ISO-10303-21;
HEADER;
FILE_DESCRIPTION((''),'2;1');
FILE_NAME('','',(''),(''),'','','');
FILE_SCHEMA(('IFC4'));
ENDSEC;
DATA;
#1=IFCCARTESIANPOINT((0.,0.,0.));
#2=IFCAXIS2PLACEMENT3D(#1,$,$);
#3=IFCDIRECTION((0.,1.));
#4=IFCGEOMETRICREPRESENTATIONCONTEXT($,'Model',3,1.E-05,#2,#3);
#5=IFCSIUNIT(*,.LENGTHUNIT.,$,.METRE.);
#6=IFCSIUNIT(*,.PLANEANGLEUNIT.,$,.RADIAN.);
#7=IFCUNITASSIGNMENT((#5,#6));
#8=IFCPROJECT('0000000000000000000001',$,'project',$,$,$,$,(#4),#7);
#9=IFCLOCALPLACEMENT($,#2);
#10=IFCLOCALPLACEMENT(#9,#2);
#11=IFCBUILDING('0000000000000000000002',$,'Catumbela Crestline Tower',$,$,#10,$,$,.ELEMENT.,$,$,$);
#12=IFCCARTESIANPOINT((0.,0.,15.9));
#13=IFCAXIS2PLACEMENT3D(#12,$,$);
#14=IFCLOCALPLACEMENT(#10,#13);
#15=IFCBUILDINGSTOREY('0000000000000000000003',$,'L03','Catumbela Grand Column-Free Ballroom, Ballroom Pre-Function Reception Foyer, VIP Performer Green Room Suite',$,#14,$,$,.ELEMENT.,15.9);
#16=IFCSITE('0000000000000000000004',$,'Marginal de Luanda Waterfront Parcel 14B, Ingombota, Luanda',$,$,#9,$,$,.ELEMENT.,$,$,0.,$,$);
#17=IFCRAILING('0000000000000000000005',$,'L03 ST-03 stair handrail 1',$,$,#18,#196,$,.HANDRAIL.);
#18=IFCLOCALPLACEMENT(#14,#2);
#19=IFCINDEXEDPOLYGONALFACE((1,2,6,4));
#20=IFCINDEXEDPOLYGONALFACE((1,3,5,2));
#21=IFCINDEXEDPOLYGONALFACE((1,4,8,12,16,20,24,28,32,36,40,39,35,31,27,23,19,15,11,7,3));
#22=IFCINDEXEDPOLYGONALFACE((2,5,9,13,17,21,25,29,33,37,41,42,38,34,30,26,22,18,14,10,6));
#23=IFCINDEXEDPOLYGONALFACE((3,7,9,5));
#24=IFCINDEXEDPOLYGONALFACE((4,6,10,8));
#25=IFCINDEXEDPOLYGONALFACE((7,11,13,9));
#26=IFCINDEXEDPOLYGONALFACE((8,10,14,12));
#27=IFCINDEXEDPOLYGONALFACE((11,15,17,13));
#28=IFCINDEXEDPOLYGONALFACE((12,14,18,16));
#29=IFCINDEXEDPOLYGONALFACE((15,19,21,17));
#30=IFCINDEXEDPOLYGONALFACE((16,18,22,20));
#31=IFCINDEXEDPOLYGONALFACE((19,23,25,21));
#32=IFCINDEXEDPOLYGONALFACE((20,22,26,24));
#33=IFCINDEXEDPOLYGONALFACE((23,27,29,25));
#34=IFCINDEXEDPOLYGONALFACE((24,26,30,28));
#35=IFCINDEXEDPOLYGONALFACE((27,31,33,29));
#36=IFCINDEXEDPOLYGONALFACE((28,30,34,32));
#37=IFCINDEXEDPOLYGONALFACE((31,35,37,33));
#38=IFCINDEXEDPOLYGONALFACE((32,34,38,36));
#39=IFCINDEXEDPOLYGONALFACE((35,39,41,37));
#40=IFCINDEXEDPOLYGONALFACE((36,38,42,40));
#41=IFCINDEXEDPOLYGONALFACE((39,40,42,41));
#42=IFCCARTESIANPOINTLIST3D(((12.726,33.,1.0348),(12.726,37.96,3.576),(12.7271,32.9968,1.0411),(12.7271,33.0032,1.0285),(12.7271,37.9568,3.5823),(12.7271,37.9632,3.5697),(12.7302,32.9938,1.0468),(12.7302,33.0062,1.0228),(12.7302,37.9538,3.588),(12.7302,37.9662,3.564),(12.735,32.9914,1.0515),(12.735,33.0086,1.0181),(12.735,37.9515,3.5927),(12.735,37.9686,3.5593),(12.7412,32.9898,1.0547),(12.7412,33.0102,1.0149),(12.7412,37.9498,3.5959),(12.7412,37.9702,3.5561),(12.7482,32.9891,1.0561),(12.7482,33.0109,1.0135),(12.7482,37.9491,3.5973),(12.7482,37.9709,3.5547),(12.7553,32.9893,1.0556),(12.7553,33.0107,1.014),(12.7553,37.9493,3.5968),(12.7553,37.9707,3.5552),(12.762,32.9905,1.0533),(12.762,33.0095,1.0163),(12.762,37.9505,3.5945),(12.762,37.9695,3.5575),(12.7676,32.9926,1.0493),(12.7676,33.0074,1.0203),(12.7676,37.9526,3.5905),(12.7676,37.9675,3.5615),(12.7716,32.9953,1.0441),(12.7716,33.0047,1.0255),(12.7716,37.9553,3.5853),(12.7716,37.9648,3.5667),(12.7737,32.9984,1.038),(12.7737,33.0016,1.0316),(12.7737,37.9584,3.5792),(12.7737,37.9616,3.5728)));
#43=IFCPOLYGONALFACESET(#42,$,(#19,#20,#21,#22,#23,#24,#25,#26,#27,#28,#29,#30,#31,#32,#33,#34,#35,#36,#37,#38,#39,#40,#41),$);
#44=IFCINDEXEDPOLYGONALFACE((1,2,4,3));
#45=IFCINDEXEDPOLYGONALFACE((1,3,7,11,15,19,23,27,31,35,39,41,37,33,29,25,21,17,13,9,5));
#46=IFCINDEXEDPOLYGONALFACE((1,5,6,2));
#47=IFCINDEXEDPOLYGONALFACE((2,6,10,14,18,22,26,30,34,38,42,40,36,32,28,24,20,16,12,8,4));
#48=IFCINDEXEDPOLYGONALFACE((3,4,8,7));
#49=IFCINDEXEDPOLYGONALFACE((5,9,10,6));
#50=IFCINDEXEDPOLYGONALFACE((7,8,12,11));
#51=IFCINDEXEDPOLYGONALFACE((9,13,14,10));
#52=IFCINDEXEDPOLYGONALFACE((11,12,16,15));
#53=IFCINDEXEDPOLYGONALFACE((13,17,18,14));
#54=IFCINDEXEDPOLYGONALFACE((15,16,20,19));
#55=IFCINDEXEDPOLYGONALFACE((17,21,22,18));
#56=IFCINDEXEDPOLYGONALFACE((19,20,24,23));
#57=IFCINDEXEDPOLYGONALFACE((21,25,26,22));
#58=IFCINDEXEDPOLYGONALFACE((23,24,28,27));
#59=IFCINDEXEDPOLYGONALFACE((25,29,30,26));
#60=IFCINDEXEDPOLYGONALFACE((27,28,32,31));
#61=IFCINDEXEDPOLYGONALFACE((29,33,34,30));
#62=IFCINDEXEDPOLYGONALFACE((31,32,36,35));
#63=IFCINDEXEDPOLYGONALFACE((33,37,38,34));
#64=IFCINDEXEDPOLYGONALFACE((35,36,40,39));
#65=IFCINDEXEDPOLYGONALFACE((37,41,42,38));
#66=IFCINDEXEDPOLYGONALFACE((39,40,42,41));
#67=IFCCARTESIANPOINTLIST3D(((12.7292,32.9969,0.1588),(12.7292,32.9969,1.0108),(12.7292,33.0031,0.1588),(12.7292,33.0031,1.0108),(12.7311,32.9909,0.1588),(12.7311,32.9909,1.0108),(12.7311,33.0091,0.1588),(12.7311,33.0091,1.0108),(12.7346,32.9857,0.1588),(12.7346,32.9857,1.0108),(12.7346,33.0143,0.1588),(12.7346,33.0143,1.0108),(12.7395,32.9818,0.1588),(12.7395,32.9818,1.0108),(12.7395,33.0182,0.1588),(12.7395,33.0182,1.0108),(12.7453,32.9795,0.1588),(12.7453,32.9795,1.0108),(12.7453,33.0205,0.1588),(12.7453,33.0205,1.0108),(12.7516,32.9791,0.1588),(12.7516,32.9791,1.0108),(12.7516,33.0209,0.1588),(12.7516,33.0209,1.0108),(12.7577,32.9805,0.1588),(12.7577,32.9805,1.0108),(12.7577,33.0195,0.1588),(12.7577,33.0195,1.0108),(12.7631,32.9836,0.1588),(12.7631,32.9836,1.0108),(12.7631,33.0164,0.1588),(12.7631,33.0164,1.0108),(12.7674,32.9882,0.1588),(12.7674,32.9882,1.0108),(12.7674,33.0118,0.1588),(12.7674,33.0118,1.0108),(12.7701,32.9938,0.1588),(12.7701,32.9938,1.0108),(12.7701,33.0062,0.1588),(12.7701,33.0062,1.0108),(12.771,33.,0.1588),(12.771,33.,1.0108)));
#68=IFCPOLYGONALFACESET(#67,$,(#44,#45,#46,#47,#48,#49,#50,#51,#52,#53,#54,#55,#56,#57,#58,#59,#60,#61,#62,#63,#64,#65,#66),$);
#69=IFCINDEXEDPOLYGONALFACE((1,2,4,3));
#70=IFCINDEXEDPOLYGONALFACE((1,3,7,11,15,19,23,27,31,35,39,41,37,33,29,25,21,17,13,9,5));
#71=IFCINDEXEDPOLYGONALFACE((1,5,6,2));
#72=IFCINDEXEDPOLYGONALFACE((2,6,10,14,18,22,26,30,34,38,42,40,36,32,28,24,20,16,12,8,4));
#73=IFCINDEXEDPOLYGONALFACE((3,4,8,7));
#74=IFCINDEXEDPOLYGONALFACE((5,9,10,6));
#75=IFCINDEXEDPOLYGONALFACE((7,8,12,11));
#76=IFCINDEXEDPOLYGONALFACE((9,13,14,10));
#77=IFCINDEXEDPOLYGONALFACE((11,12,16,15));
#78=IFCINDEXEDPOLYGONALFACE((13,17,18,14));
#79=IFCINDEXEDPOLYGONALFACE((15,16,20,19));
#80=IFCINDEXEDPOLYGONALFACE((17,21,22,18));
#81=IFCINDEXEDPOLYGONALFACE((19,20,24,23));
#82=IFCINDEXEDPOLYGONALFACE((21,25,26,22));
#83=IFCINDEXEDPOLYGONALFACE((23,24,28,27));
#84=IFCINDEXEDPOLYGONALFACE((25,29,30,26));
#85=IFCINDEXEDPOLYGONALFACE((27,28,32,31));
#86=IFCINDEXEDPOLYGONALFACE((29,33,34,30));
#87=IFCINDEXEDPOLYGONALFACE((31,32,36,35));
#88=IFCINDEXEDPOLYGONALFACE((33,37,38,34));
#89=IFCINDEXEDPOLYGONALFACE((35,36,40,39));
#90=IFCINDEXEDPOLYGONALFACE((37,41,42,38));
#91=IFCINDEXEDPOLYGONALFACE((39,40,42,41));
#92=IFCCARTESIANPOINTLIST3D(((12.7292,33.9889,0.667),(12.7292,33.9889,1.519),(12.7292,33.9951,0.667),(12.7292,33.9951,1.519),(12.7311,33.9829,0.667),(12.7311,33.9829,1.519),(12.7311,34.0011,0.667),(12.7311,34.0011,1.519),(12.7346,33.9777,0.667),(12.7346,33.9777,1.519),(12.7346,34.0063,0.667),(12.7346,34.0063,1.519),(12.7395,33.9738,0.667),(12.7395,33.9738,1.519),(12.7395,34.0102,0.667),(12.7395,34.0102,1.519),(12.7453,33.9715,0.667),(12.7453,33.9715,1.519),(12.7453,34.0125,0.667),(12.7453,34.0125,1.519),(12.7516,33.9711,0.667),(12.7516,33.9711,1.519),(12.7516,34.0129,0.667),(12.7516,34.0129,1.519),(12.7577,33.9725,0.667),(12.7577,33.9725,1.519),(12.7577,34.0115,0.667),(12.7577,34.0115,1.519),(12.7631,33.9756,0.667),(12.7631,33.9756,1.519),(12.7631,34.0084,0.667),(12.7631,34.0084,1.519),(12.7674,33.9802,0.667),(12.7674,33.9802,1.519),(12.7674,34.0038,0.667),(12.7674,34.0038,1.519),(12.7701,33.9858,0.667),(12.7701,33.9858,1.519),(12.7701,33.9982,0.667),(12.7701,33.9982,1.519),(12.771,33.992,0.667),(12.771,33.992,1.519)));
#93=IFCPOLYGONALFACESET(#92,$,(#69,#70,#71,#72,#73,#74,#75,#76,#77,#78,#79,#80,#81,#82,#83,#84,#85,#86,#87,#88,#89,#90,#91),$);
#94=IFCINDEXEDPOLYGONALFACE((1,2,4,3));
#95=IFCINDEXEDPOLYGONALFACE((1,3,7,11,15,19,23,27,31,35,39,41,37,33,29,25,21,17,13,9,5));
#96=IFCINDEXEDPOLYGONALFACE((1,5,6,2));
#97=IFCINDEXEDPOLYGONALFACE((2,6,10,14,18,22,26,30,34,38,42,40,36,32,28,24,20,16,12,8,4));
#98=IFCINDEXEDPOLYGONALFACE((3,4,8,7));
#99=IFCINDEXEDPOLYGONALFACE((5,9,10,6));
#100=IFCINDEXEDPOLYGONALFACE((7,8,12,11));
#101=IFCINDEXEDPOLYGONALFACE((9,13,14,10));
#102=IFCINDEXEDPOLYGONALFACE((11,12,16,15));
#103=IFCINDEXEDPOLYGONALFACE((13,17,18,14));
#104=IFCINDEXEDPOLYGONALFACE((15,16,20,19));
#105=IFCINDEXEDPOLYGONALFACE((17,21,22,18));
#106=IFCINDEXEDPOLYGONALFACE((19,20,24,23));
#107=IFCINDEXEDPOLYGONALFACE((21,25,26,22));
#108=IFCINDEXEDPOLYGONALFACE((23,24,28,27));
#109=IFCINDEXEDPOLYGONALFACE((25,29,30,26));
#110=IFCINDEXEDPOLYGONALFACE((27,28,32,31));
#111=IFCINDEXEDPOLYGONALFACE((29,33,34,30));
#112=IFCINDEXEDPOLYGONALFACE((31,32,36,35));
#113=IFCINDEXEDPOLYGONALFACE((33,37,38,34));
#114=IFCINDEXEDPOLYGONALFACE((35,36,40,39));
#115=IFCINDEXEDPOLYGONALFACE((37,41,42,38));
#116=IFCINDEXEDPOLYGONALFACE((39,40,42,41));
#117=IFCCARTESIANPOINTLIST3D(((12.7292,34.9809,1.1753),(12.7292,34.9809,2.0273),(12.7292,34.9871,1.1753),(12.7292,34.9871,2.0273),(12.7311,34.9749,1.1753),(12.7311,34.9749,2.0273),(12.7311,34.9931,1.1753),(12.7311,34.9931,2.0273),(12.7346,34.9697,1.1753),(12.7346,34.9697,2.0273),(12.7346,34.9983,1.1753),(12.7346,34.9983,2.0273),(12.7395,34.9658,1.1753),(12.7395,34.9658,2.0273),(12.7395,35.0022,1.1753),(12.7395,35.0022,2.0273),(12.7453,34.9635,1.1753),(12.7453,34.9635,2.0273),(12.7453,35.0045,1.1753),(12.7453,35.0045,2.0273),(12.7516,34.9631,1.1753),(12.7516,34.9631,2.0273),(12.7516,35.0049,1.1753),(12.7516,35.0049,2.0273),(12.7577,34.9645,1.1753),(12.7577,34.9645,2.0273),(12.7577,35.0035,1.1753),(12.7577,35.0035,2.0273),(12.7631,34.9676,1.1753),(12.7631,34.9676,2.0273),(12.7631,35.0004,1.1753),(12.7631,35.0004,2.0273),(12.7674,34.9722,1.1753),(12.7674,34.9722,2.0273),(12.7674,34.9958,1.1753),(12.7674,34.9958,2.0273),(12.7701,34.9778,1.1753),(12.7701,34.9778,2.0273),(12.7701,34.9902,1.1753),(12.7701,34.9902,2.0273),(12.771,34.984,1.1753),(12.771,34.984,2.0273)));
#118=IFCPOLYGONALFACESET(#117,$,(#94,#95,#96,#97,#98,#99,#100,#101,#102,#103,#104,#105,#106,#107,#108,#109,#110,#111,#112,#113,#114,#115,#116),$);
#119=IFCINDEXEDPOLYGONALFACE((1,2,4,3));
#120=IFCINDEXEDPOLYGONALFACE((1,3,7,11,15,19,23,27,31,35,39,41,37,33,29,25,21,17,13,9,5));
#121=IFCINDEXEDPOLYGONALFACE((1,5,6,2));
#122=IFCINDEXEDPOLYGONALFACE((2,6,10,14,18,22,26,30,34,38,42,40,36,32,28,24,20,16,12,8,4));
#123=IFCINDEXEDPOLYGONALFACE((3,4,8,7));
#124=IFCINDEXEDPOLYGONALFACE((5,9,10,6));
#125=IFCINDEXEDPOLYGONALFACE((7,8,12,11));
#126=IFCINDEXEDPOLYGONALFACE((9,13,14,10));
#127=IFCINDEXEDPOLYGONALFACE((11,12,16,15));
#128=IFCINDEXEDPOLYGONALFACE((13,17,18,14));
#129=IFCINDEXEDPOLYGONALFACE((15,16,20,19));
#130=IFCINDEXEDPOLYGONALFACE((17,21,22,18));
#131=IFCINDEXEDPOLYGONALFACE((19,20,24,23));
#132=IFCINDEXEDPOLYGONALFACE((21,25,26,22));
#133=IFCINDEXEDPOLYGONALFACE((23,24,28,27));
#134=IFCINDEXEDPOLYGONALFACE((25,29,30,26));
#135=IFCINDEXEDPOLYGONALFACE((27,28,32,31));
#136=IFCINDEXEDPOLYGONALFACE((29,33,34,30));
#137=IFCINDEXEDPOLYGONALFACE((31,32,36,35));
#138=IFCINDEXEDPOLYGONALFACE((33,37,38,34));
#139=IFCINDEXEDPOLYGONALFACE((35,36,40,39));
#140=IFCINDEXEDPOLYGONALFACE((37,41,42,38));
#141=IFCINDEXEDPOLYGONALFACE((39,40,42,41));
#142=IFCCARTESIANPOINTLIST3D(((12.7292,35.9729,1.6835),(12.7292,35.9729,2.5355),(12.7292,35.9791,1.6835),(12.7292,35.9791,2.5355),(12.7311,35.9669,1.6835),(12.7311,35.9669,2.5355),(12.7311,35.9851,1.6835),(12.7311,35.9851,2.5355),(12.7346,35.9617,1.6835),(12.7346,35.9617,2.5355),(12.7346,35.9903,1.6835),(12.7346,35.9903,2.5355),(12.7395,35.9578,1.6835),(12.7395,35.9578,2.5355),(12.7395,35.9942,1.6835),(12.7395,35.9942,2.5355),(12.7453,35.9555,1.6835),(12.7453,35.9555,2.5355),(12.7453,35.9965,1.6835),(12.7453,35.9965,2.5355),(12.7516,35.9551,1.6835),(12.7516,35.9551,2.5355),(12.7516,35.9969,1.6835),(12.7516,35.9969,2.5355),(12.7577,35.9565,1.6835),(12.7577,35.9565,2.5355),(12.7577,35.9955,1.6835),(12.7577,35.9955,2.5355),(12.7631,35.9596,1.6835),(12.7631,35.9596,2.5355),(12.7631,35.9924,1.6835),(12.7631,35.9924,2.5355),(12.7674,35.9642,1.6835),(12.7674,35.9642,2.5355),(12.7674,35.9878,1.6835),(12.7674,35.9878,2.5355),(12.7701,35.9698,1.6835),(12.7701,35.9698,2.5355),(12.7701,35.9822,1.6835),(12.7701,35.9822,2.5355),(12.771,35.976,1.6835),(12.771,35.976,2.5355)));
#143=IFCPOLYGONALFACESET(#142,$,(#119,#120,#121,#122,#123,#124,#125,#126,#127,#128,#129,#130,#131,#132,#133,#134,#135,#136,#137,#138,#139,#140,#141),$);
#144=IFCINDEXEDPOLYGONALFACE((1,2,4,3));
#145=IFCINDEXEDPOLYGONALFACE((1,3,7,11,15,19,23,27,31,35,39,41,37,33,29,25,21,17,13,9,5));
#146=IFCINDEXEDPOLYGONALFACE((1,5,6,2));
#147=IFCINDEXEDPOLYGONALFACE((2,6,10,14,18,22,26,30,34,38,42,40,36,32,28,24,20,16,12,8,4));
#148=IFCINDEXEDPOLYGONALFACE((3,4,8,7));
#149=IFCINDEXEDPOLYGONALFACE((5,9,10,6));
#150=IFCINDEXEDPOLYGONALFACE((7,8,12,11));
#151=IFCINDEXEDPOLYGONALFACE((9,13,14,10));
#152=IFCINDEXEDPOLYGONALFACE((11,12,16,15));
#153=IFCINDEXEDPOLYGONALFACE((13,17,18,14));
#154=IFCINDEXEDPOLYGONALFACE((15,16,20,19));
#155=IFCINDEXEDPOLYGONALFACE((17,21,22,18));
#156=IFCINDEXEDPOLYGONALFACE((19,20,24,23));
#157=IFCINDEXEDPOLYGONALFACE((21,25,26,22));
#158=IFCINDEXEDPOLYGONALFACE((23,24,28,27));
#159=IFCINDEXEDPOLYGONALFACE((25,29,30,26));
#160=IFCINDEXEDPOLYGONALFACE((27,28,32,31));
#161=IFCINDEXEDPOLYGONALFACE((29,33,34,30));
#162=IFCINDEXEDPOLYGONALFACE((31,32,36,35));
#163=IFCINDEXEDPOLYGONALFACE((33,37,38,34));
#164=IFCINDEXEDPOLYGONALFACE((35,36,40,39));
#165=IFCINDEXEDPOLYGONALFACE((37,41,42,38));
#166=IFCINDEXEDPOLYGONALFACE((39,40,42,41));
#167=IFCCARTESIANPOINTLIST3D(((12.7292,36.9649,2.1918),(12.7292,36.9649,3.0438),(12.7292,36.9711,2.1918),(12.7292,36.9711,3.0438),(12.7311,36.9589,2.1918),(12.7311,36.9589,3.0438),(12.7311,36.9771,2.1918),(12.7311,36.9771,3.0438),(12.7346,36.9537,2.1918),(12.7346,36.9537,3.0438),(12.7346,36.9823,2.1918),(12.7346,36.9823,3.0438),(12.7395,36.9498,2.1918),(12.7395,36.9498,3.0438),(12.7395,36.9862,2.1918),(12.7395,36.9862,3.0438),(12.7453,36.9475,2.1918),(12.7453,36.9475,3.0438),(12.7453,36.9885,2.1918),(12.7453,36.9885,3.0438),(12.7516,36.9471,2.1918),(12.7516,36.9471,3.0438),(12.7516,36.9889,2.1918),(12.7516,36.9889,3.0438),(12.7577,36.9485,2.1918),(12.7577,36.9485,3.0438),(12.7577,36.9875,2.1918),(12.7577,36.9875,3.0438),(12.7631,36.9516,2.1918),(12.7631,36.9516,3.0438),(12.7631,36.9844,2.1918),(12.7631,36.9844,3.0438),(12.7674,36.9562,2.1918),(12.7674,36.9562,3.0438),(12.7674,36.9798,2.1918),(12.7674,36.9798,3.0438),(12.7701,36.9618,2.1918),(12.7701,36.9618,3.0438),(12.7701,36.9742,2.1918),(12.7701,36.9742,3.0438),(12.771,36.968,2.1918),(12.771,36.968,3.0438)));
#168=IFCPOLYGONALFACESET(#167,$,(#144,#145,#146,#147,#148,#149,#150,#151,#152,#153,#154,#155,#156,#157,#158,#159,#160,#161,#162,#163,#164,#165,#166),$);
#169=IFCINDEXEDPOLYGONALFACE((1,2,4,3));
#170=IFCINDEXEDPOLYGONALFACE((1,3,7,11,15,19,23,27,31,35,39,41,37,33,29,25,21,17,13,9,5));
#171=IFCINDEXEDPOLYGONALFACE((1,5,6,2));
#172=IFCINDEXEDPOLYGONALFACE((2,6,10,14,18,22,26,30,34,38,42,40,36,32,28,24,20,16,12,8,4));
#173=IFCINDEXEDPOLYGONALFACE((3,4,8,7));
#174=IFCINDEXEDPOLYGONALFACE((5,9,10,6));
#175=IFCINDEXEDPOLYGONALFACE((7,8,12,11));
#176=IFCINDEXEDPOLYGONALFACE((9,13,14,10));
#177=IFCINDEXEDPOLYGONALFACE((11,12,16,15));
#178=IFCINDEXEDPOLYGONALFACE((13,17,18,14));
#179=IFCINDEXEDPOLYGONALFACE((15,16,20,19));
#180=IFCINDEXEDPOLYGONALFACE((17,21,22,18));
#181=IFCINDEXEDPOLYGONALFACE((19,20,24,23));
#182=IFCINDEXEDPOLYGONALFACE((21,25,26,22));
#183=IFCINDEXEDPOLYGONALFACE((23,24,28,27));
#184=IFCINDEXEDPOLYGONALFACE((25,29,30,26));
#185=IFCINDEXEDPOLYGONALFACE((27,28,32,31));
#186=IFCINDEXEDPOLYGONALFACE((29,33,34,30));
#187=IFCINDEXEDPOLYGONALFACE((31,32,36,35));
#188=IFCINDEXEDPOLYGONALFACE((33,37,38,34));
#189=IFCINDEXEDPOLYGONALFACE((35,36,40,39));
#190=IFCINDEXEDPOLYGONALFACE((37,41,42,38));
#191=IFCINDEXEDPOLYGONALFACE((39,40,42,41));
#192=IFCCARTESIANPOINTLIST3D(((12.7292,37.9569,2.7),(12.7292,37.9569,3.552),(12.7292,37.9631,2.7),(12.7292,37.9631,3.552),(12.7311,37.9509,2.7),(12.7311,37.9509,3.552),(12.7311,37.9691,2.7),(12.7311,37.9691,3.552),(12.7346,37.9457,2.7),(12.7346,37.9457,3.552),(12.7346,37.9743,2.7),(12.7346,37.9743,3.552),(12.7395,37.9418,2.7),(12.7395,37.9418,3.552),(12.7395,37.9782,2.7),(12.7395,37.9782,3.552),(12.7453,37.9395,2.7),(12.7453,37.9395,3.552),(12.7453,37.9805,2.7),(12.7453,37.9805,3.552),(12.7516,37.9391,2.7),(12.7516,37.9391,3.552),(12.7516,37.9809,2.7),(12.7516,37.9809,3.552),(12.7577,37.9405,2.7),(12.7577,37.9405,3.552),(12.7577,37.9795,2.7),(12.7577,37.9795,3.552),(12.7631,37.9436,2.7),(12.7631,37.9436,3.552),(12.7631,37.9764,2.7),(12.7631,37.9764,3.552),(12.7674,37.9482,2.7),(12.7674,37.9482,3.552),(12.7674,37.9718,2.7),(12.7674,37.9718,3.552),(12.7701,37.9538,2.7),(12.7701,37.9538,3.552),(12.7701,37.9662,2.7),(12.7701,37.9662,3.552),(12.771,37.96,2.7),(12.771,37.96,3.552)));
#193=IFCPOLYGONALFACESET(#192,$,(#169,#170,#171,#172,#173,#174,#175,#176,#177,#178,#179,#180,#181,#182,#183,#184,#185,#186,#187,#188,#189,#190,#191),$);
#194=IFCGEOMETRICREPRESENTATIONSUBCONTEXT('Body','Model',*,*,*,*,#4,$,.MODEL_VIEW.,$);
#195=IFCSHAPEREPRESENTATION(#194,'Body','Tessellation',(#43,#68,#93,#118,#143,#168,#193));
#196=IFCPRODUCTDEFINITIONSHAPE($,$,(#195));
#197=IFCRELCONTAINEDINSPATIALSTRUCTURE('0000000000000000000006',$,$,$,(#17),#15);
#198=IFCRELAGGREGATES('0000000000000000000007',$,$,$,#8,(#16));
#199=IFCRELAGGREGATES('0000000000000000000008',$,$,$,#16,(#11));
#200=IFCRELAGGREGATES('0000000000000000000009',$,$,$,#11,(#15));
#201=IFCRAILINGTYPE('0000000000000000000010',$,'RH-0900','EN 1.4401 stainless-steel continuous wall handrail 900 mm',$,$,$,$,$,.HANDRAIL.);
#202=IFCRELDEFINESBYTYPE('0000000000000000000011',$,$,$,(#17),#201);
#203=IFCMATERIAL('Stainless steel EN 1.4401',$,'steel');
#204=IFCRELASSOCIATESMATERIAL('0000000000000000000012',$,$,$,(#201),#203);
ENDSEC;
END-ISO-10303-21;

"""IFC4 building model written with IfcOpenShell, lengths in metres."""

from ifc_helpers import new_model, si_unit, direction, frame, origin, origin_2d, place, context, subcontext, project, spatial, circle, extrude, material, type_object, element, save


model = new_model("IFC4")

# Units and contexts
model_context = context("Model", 3, precision=1e-05, world=origin(), true_north=direction((0.0, 1.0)))
body_context = subcontext(model_context, "Body", "Model", "MODEL_VIEW")
ifc_project = project(units=[si_unit("LENGTHUNIT", "METRE"), si_unit("PLANEANGLEUNIT", "RADIAN")], contexts=[model_context])

# Site, building, storey
site_placement = place(None, origin())
site = spatial("IfcSite", under=ifc_project, at=site_placement, Name="Marginal de Luanda Waterfront Parcel 14B, Ingombota, Luanda", CompositionType="ELEMENT", RefElevation=0.0)
building_placement = place(site_placement, origin())
building = spatial("IfcBuilding", under=site, at=building_placement, Name="Catumbela Crestline Tower", CompositionType="ELEMENT")
storey_placement = place(building_placement, frame((0.0, 0.0, 15.9)))
storey = spatial("IfcBuildingStorey", under=building, at=storey_placement, Name="L03", Description="Catumbela Grand Column-Free Ballroom, Ballroom Pre-Function Reception Foyer, VIP Performer Green Room Suite", CompositionType="ELEMENT", Elevation=15.9)

# Shared definitions
ifc_material_1 = material(Name="Stainless steel EN 1.4401", Category="steel")

# Railing
railing_type_1 = type_object("IfcRailingType", Name="RH-0900", Description="EN 1.4401 stainless-steel continuous wall handrail 900 mm", PredefinedType="HANDRAIL", material=ifc_material_1)
for number, where, name in (
    (1, (12.75, 33.0, 0.1588), "L03 ST-03 stair handrail 1"),
):
    element("IfcRailing", number, at=place(storey_placement, frame(where)), inside=storey, type_object=railing_type_1, Name=name, PredefinedType="HANDRAIL", context=body_context, shape_type="SweptSolid", body=[
        extrude(circle(Radius=0.024, at=origin_2d()), frame((0.0, 0.0, 0.876), z_axis=(0.0, 0.889992, 0.455977), x_axis=(-1.0, 0.0, 0.0)), (0.0, 0.0, 1.0), 5.5731),
        extrude(circle(Radius=0.021, at=origin_2d()), origin(), (0.0, 0.0, 1.0), 0.852),
        extrude(circle(Radius=0.021, at=origin_2d()), frame((0.0, 0.992, 0.5082)), (0.0, 0.0, 1.0), 0.852),
        extrude(circle(Radius=0.021, at=origin_2d()), frame((0.0, 1.984, 1.0165)), (0.0, 0.0, 1.0), 0.852),
        extrude(circle(Radius=0.021, at=origin_2d()), frame((0.0, 2.976, 1.5247)), (0.0, 0.0, 1.0), 0.852),
        extrude(circle(Radius=0.021, at=origin_2d()), frame((0.0, 3.968, 2.033)), (0.0, 0.0, 1.0), 0.852),
        extrude(circle(Radius=0.021, at=origin_2d()), frame((0.0, 4.96, 2.5412)), (0.0, 0.0, 1.0), 0.852),
    ])

save(model, "model.ifc")
